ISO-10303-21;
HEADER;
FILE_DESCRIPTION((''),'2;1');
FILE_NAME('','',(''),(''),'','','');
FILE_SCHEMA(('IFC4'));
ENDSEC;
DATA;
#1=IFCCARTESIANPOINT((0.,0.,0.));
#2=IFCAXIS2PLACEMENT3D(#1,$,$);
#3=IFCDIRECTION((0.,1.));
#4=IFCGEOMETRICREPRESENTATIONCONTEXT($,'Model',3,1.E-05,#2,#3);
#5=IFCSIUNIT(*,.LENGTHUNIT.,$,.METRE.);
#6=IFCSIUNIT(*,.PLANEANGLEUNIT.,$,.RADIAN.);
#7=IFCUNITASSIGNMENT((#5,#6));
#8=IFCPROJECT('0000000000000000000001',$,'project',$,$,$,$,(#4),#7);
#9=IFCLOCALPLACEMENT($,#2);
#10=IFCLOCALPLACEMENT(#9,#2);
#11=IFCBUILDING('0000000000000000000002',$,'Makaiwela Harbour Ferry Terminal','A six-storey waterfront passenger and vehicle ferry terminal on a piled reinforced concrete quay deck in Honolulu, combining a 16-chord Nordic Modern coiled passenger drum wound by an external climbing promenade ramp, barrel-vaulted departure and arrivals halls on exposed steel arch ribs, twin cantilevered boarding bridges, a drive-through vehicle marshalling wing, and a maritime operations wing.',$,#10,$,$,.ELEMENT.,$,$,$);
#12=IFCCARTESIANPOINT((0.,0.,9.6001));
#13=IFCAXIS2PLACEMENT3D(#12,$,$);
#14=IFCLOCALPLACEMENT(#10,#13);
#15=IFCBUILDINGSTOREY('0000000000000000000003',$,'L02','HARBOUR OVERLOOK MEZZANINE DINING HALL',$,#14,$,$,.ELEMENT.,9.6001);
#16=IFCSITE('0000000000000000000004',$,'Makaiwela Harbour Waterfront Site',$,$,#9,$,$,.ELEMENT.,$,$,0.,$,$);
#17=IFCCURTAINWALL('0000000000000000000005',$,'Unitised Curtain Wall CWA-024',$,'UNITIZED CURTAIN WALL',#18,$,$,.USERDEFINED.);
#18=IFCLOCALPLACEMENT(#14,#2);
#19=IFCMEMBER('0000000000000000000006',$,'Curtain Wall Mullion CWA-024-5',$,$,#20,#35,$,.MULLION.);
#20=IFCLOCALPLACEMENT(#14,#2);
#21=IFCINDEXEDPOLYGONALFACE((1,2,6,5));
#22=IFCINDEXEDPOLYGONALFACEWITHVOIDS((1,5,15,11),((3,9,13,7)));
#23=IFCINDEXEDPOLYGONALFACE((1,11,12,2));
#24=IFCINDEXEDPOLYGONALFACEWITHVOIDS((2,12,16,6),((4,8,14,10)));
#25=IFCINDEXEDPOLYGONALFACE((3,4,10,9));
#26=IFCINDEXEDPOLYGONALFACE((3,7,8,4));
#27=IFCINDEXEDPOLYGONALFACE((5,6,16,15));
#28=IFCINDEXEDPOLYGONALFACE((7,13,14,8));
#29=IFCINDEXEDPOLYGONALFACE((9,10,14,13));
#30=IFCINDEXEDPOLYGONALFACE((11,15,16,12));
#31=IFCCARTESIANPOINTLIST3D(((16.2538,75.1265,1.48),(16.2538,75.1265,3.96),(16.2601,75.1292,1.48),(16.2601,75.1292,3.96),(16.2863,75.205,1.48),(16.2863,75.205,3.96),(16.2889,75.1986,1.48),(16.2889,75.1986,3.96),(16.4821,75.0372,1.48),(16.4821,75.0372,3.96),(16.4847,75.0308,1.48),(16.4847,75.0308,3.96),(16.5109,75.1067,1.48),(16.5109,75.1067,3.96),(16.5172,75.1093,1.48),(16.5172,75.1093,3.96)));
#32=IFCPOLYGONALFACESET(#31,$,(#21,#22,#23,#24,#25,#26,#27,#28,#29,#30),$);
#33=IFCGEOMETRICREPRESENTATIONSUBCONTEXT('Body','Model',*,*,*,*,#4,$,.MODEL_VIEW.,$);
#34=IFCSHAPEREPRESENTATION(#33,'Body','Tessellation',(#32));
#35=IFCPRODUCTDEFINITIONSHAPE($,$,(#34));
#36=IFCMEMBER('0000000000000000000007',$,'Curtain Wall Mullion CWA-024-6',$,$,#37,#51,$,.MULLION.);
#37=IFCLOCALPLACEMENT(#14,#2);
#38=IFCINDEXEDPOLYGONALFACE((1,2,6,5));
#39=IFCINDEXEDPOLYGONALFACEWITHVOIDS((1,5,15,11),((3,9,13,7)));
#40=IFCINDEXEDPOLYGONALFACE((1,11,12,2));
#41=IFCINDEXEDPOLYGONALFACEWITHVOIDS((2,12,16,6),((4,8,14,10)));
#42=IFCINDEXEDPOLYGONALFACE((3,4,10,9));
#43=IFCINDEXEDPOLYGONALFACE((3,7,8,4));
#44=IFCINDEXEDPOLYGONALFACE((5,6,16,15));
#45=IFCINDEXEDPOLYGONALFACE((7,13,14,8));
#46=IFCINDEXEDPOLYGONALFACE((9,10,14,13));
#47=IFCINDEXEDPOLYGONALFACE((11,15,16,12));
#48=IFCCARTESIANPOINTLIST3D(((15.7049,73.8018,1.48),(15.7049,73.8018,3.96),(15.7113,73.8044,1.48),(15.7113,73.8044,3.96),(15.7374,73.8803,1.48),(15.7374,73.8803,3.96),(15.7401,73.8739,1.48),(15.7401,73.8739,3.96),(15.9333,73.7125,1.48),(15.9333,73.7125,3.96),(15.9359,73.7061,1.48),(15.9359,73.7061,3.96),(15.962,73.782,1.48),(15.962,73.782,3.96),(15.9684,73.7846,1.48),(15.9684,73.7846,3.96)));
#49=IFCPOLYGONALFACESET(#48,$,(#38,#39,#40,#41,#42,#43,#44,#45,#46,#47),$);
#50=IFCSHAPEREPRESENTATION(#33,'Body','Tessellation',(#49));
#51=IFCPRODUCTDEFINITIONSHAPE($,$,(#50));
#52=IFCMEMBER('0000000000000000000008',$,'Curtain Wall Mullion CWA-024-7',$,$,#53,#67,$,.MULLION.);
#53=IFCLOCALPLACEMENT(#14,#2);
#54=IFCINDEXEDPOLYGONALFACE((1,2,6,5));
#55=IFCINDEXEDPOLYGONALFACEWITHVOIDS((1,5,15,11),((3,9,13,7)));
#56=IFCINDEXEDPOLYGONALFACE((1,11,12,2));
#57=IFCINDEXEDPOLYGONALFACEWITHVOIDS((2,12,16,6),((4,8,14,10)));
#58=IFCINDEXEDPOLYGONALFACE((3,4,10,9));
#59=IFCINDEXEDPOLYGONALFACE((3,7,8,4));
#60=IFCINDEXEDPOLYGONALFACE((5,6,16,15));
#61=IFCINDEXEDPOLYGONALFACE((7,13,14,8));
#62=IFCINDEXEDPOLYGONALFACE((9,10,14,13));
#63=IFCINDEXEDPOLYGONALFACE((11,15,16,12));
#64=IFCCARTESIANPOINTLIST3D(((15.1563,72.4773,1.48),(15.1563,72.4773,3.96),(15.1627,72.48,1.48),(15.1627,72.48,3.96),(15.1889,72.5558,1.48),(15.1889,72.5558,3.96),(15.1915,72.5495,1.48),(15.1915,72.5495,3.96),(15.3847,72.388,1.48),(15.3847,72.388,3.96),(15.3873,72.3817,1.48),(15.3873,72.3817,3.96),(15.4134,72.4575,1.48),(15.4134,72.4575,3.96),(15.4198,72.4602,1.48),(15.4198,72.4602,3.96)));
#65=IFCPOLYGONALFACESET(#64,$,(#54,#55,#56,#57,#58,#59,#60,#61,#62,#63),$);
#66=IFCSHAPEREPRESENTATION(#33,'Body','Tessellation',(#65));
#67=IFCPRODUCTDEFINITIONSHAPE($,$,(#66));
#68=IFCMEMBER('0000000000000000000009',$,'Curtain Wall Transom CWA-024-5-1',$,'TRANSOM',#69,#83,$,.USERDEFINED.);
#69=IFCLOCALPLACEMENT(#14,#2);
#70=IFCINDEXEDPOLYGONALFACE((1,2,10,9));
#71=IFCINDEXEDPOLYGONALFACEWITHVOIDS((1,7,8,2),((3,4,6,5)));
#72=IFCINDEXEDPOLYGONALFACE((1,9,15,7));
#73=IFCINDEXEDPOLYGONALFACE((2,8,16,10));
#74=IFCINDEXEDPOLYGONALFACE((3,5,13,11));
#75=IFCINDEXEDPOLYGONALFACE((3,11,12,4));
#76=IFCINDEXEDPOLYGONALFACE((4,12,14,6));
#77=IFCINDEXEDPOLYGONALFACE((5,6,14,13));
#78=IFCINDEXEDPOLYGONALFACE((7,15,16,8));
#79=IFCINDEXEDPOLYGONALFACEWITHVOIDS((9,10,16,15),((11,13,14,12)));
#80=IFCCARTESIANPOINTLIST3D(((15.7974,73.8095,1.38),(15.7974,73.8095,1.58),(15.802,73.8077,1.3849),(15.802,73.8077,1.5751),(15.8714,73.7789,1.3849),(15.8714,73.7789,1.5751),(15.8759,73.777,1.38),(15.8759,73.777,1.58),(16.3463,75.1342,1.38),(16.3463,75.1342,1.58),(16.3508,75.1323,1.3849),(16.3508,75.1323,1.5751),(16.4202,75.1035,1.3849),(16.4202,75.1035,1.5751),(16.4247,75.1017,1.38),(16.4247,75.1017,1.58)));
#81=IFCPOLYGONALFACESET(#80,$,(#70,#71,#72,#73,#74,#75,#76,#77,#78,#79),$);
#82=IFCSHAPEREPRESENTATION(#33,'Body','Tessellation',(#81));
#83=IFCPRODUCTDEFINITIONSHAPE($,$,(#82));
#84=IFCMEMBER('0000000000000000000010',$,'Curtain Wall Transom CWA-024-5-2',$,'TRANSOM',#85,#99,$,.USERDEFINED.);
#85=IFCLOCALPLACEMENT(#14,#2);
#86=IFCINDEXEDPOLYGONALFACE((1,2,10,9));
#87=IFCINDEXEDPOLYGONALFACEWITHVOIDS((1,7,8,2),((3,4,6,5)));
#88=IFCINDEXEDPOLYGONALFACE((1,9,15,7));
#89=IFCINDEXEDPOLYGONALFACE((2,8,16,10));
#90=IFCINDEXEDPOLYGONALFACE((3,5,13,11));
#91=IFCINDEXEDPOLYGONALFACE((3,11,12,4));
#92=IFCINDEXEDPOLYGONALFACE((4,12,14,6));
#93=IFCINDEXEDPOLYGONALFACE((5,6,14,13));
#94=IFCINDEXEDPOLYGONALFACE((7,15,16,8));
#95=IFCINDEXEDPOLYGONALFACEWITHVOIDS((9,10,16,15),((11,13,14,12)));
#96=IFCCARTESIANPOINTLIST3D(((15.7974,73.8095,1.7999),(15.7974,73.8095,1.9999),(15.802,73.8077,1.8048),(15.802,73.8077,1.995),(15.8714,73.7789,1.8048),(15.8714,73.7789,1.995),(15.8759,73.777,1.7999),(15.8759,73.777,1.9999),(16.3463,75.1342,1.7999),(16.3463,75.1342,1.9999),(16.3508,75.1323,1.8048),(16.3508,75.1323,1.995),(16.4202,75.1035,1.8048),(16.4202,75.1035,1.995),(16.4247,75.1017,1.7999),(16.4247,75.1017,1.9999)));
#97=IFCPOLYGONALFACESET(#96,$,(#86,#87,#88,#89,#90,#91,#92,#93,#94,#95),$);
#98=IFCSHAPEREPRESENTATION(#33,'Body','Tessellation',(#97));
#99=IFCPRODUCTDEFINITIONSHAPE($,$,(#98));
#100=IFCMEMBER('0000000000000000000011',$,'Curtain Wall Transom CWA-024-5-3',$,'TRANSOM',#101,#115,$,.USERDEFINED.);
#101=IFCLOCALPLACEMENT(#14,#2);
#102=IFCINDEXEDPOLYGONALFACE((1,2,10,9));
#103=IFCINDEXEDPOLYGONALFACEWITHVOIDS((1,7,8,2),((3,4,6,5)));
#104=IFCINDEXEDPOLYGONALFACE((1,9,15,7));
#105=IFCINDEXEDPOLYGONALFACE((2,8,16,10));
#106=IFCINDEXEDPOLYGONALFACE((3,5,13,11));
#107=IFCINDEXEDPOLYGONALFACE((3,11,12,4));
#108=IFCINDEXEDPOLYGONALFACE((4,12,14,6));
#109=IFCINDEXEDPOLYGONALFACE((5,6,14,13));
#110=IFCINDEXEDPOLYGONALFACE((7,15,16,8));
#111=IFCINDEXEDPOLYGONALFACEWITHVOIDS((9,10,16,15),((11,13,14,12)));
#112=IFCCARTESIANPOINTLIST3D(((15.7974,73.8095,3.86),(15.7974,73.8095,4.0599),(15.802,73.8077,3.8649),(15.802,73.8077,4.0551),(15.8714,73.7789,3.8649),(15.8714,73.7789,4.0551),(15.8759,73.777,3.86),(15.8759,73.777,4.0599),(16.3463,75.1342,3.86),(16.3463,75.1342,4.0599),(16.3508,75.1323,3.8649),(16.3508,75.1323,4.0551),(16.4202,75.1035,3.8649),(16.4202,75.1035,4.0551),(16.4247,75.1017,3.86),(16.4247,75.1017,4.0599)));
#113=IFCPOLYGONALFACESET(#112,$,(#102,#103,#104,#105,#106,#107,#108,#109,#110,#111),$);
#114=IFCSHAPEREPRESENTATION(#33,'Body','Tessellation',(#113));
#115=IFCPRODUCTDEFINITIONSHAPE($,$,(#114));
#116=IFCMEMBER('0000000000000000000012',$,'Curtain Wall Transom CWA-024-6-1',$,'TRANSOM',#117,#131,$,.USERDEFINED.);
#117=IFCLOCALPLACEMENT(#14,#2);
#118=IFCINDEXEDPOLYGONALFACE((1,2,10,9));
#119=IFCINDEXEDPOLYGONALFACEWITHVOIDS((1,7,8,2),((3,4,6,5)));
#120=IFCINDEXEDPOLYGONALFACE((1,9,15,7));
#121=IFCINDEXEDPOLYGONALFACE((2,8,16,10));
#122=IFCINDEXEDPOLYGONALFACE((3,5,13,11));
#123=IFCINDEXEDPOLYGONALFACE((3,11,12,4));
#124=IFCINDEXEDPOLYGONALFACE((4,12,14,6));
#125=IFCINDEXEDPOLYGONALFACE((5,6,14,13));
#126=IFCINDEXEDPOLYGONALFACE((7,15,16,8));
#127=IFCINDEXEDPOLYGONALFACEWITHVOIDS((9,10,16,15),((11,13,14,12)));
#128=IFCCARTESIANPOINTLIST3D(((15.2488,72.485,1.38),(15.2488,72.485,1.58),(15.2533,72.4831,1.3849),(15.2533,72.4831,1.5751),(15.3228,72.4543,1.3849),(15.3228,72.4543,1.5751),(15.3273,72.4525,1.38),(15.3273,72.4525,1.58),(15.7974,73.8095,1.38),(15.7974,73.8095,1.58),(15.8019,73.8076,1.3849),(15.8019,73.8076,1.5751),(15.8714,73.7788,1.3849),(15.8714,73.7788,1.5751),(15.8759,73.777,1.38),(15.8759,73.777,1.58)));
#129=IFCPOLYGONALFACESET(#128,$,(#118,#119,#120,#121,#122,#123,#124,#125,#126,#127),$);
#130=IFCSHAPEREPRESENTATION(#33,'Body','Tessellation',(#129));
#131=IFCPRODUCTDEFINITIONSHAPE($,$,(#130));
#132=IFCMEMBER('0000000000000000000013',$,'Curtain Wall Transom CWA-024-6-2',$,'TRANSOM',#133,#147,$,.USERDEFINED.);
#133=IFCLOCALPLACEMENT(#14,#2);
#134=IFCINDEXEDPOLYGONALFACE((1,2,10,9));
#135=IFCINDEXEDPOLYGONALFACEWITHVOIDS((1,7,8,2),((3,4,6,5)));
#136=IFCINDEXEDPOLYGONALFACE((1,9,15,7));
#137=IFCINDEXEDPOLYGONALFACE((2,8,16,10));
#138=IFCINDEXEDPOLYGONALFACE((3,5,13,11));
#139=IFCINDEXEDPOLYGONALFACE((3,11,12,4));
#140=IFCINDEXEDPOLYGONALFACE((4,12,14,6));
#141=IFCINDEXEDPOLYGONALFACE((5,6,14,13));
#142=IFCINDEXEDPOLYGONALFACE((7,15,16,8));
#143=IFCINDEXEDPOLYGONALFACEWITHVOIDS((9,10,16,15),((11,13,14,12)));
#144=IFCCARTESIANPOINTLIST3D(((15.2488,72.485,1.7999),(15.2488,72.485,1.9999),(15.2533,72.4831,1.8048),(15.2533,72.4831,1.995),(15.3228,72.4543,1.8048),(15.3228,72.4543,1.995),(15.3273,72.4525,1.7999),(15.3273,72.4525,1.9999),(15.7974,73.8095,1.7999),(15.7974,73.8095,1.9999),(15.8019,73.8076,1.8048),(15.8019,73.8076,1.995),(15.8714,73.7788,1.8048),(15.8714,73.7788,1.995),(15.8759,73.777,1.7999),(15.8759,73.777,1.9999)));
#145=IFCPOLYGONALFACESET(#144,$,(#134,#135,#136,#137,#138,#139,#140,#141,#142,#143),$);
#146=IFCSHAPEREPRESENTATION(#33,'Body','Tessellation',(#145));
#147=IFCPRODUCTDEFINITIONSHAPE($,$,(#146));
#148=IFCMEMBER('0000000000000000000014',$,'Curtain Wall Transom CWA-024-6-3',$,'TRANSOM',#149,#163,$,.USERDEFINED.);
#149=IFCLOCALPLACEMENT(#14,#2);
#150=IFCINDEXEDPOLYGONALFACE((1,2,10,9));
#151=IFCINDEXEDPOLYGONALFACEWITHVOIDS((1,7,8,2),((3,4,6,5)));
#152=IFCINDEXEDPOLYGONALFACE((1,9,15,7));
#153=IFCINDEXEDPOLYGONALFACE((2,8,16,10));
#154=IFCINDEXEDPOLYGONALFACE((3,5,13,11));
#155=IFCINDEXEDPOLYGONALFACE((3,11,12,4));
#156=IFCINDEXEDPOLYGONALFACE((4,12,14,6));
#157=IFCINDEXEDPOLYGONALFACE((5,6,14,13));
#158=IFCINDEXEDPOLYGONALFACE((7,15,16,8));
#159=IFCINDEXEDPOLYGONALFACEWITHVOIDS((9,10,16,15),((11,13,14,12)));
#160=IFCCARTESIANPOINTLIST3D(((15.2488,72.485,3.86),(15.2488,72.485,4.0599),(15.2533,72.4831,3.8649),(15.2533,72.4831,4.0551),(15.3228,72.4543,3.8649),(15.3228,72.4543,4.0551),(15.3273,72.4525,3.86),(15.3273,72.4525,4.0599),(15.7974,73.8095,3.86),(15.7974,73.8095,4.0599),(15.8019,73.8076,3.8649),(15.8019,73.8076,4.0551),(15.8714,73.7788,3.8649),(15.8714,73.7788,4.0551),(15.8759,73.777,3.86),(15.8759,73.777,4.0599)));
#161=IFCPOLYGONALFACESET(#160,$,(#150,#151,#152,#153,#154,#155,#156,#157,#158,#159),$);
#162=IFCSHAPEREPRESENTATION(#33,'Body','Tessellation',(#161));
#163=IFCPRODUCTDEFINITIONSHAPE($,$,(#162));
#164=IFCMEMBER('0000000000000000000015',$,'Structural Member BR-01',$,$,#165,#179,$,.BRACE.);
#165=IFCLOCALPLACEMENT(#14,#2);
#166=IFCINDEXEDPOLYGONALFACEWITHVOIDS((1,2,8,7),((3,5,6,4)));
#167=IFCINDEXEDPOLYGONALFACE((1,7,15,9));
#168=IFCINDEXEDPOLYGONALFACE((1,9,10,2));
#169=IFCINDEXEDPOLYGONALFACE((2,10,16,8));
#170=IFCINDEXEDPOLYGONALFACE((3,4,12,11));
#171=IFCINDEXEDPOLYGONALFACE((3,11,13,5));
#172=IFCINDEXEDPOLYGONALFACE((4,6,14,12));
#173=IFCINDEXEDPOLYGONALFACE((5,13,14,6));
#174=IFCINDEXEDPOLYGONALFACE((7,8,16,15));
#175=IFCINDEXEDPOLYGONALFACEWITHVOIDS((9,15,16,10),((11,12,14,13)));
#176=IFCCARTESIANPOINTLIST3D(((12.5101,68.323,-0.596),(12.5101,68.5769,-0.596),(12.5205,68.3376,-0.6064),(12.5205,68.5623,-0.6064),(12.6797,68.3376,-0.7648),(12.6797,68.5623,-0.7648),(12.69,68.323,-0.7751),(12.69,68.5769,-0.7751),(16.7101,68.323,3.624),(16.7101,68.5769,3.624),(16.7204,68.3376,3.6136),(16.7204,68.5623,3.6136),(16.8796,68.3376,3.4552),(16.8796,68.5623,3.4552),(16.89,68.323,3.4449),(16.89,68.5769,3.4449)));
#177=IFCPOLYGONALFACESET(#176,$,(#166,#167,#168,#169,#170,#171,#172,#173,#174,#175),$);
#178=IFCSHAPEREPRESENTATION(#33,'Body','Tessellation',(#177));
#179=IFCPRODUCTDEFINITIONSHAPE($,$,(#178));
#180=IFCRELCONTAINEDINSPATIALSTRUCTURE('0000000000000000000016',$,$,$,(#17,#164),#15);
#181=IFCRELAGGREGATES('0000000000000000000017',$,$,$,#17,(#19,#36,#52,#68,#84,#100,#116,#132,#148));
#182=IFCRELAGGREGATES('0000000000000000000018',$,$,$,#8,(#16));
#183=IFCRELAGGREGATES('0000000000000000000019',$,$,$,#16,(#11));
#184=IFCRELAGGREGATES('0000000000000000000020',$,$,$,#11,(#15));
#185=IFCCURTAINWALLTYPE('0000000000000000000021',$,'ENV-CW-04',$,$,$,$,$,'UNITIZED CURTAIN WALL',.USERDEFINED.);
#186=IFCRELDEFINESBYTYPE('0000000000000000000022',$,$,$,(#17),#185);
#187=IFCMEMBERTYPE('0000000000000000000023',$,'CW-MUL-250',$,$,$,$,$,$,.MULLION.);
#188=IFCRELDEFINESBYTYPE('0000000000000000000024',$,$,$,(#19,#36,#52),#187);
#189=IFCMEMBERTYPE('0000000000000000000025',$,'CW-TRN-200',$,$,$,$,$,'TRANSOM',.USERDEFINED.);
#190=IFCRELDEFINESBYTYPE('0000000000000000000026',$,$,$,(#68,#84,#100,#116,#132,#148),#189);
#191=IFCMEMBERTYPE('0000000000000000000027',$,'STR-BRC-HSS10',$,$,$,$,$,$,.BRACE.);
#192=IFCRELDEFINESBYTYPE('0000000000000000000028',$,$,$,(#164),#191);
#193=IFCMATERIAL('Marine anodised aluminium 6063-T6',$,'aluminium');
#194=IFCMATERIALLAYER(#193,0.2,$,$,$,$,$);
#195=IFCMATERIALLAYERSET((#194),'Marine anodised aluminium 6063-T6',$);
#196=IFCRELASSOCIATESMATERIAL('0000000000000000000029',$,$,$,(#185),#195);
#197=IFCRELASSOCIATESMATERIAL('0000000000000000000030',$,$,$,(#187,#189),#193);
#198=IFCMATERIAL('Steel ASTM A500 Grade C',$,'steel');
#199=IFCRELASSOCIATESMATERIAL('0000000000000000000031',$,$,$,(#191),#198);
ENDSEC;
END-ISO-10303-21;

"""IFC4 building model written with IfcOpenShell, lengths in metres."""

from ifc_helpers import new_model, si_unit, direction, frame, origin, origin_2d, place, context, subcontext, project, spatial, hollow_rectangle, extrude, material, layer, layer_set, material_profile, profile_set, type_object, element, aggregate, save


model = new_model("IFC4")

# Units and contexts
model_context = context("Model", 3, precision=1e-05, world=origin(), true_north=direction((0.0, 1.0)))
body_context = subcontext(model_context, "Body", "Model", "MODEL_VIEW")
ifc_project = project(units=[si_unit("LENGTHUNIT", "METRE"), si_unit("PLANEANGLEUNIT", "RADIAN")], contexts=[model_context])

# Site, building, storey
site_placement = place(None, origin())
site = spatial("IfcSite", under=ifc_project, at=site_placement, Name="Makaiwela Harbour Waterfront Site", CompositionType="ELEMENT", RefElevation=0.0)
building_placement = place(site_placement, origin())
building = spatial("IfcBuilding", under=site, at=building_placement, Name="Makaiwela Harbour Ferry Terminal", Description="A six-storey waterfront passenger and vehicle ferry terminal on a piled reinforced concrete quay deck in Honolulu, combining a 16-chord Nordic Modern coiled passenger drum wound by an external climbing promenade ramp, barrel-vaulted departure and arrivals halls on exposed steel arch ribs, twin cantilevered boarding bridges, a drive-through vehicle marshalling wing, and a maritime operations wing.", CompositionType="ELEMENT")
storey_placement = place(building_placement, frame((0.0, 0.0, 9.6001)))
storey = spatial("IfcBuildingStorey", under=building, at=storey_placement, Name="L02", Description="HARBOUR OVERLOOK MEZZANINE DINING HALL", CompositionType="ELEMENT", Elevation=9.6001)

# Curtain wall, members
ifc_material_1 = material(Name="Marine anodised aluminium 6063-T6", Category="aluminium")
ifc_layer_1 = layer(ifc_material_1, 0.2)
ifc_layer_set_1 = layer_set([ifc_layer_1], Name="Marine anodised aluminium 6063-T6")
curtain_wall_type = type_object("IfcCurtainWallType", Name="ENV-CW-04", ElementType="UNITIZED CURTAIN WALL", PredefinedType="USERDEFINED", material=ifc_layer_set_1)
curtain_wall_placement = place(storey_placement, origin())
curtain_wall = element("IfcCurtainWall", 1, at=curtain_wall_placement, inside=storey, type_object=curtain_wall_type, Name="Unitised Curtain Wall CWA-024", ObjectType="UNITIZED CURTAIN WALL", PredefinedType="USERDEFINED")
ifc_material_profile_1 = material_profile(ifc_material_1, hollow_rectangle(XDim=0.085, YDim=0.25, WallThickness=0.0049, at=origin_2d()), Name="CWM-250X85")
ifc_profile_set_1 = profile_set([ifc_material_profile_1], Name="Marine anodised aluminium 6063-T6")
member_type_1 = type_object("IfcMemberType", Name="CW-MUL-250", PredefinedType="MULLION", material=ifc_profile_set_1)
member_1_placement = place(storey_placement, frame((16.3855, 75.1179, 1.48), z_axis=(0.0, 0.0, 1.0), x_axis=(0.382683, 0.92388, 0.0)))
member_1 = element("IfcMember", 2, at=member_1_placement, type_object=member_type_1, Name="Curtain Wall Mullion CWA-024-5", PredefinedType="MULLION", context=body_context, shape_type="SweptSolid", body=[
    extrude(hollow_rectangle(XDim=0.085, YDim=0.25, WallThickness=0.0049, at=origin_2d()), origin(), (0.0, 0.0, 1.0), 2.48),
])
member_2_placement = place(storey_placement, frame((15.8367, 73.7932, 1.48), z_axis=(0.0, 0.0, 1.0), x_axis=(0.382683, 0.92388, 0.0)))
member_2 = element("IfcMember", 3, at=member_2_placement, type_object=member_type_1, Name="Curtain Wall Mullion CWA-024-6", PredefinedType="MULLION", context=body_context, shape_type="SweptSolid", body=[
    extrude(hollow_rectangle(XDim=0.085, YDim=0.25, WallThickness=0.0049, at=origin_2d()), origin(), (0.0, 0.0, 1.0), 2.48),
])
member_3_placement = place(storey_placement, frame((15.2881, 72.4688, 1.48), z_axis=(0.0, 0.0, 1.0), x_axis=(0.382683, 0.92388, 0.0)))
member_3 = element("IfcMember", 4, at=member_3_placement, type_object=member_type_1, Name="Curtain Wall Mullion CWA-024-7", PredefinedType="MULLION", context=body_context, shape_type="SweptSolid", body=[
    extrude(hollow_rectangle(XDim=0.085, YDim=0.25, WallThickness=0.0049, at=origin_2d()), origin(), (0.0, 0.0, 1.0), 2.48),
])
ifc_material_profile_2 = material_profile(ifc_material_1, hollow_rectangle(XDim=0.085, YDim=0.2, WallThickness=0.0049, at=origin_2d()), Name="CWT-200X85")
ifc_profile_set_2 = profile_set([ifc_material_profile_2], Name="Marine anodised aluminium 6063-T6")
member_type_2 = type_object("IfcMemberType", Name="CW-TRN-200", ElementType="TRANSOM", PredefinedType="USERDEFINED", material=ifc_profile_set_2)
member_4_placement = place(storey_placement, frame((16.3855, 75.1179, 1.48), z_axis=(-0.382753, -0.923851, 0.0), x_axis=(0.923851, -0.382753, 0.0)))
member_4 = element("IfcMember", 5, at=member_4_placement, type_object=member_type_2, Name="Curtain Wall Transom CWA-024-5-1", ObjectType="TRANSOM", PredefinedType="USERDEFINED", context=body_context, shape_type="SweptSolid", body=[
    extrude(hollow_rectangle(XDim=0.085, YDim=0.2, WallThickness=0.0049, at=origin_2d()), origin(), (0.0, 0.0, 1.0), 1.4338),
])
member_5_placement = place(storey_placement, frame((16.3855, 75.1179, 1.8999), z_axis=(-0.382753, -0.923851, 0.0), x_axis=(0.923851, -0.382753, 0.0)))
member_5 = element("IfcMember", 6, at=member_5_placement, type_object=member_type_2, Name="Curtain Wall Transom CWA-024-5-2", ObjectType="TRANSOM", PredefinedType="USERDEFINED", context=body_context, shape_type="SweptSolid", body=[
    extrude(hollow_rectangle(XDim=0.085, YDim=0.2, WallThickness=0.0049, at=origin_2d()), origin(), (0.0, 0.0, 1.0), 1.4338),
])
member_6_placement = place(storey_placement, frame((16.3855, 75.1179, 3.96), z_axis=(-0.382753, -0.923851, 0.0), x_axis=(0.923851, -0.382753, 0.0)))
member_6 = element("IfcMember", 7, at=member_6_placement, type_object=member_type_2, Name="Curtain Wall Transom CWA-024-5-3", ObjectType="TRANSOM", PredefinedType="USERDEFINED", context=body_context, shape_type="SweptSolid", body=[
    extrude(hollow_rectangle(XDim=0.085, YDim=0.2, WallThickness=0.0049, at=origin_2d()), origin(), (0.0, 0.0, 1.0), 1.4338),
])
member_7_placement = place(storey_placement, frame((15.8367, 73.7932, 1.48), z_axis=(-0.382668, -0.923886, 0.0), x_axis=(0.923886, -0.382668, 0.0)))
member_7 = element("IfcMember", 8, at=member_7_placement, type_object=member_type_2, Name="Curtain Wall Transom CWA-024-6-1", ObjectType="TRANSOM", PredefinedType="USERDEFINED", context=body_context, shape_type="SweptSolid", body=[
    extrude(hollow_rectangle(XDim=0.085, YDim=0.2, WallThickness=0.0049, at=origin_2d()), origin(), (0.0, 0.0, 1.0), 1.4336),
])
member_8_placement = place(storey_placement, frame((15.8367, 73.7932, 1.8999), z_axis=(-0.382668, -0.923886, 0.0), x_axis=(0.923886, -0.382668, 0.0)))
member_8 = element("IfcMember", 9, at=member_8_placement, type_object=member_type_2, Name="Curtain Wall Transom CWA-024-6-2", ObjectType="TRANSOM", PredefinedType="USERDEFINED", context=body_context, shape_type="SweptSolid", body=[
    extrude(hollow_rectangle(XDim=0.085, YDim=0.2, WallThickness=0.0049, at=origin_2d()), origin(), (0.0, 0.0, 1.0), 1.4336),
])
member_9_placement = place(storey_placement, frame((15.8367, 73.7932, 3.96), z_axis=(-0.382668, -0.923886, 0.0), x_axis=(0.923886, -0.382668, 0.0)))
member_9 = element("IfcMember", 10, at=member_9_placement, type_object=member_type_2, Name="Curtain Wall Transom CWA-024-6-3", ObjectType="TRANSOM", PredefinedType="USERDEFINED", context=body_context, shape_type="SweptSolid", body=[
    extrude(hollow_rectangle(XDim=0.085, YDim=0.2, WallThickness=0.0049, at=origin_2d()), origin(), (0.0, 0.0, 1.0), 1.4336),
])

# Member
ifc_material_2 = material(Name="Steel ASTM A500 Grade C", Category="steel")
ifc_material_profile_3 = material_profile(ifc_material_2, hollow_rectangle(XDim=0.2539, YDim=0.2539, WallThickness=0.0146, at=origin_2d()), Name="HSS10X10X5/8")
ifc_profile_set_3 = profile_set([ifc_material_profile_3], Name="Steel ASTM A500 Grade C")
member_type_3 = type_object("IfcMemberType", Name="STR-BRC-HSS10", PredefinedType="BRACE", material=ifc_profile_set_3)
member_10_placement = place(storey_placement, frame((16.8, 68.45, 3.5344), z_axis=(-0.705424, 0.0, -0.708786), x_axis=(0.0, -1.0, 0.0)))
element("IfcMember", 11, at=member_10_placement, inside=storey, type_object=member_type_3, Name="Structural Member BR-01", PredefinedType="BRACE", context=body_context, shape_type="SweptSolid", body=[
    extrude(hollow_rectangle(XDim=0.2539, YDim=0.2539, WallThickness=0.0146, at=origin_2d()), origin(), (0.0, 0.0, 1.0), 5.9539),
])

aggregate(curtain_wall, [member_1, member_2, member_3, member_4, member_5, member_6, member_7, member_8, member_9])

save(model, "model.ifc")
